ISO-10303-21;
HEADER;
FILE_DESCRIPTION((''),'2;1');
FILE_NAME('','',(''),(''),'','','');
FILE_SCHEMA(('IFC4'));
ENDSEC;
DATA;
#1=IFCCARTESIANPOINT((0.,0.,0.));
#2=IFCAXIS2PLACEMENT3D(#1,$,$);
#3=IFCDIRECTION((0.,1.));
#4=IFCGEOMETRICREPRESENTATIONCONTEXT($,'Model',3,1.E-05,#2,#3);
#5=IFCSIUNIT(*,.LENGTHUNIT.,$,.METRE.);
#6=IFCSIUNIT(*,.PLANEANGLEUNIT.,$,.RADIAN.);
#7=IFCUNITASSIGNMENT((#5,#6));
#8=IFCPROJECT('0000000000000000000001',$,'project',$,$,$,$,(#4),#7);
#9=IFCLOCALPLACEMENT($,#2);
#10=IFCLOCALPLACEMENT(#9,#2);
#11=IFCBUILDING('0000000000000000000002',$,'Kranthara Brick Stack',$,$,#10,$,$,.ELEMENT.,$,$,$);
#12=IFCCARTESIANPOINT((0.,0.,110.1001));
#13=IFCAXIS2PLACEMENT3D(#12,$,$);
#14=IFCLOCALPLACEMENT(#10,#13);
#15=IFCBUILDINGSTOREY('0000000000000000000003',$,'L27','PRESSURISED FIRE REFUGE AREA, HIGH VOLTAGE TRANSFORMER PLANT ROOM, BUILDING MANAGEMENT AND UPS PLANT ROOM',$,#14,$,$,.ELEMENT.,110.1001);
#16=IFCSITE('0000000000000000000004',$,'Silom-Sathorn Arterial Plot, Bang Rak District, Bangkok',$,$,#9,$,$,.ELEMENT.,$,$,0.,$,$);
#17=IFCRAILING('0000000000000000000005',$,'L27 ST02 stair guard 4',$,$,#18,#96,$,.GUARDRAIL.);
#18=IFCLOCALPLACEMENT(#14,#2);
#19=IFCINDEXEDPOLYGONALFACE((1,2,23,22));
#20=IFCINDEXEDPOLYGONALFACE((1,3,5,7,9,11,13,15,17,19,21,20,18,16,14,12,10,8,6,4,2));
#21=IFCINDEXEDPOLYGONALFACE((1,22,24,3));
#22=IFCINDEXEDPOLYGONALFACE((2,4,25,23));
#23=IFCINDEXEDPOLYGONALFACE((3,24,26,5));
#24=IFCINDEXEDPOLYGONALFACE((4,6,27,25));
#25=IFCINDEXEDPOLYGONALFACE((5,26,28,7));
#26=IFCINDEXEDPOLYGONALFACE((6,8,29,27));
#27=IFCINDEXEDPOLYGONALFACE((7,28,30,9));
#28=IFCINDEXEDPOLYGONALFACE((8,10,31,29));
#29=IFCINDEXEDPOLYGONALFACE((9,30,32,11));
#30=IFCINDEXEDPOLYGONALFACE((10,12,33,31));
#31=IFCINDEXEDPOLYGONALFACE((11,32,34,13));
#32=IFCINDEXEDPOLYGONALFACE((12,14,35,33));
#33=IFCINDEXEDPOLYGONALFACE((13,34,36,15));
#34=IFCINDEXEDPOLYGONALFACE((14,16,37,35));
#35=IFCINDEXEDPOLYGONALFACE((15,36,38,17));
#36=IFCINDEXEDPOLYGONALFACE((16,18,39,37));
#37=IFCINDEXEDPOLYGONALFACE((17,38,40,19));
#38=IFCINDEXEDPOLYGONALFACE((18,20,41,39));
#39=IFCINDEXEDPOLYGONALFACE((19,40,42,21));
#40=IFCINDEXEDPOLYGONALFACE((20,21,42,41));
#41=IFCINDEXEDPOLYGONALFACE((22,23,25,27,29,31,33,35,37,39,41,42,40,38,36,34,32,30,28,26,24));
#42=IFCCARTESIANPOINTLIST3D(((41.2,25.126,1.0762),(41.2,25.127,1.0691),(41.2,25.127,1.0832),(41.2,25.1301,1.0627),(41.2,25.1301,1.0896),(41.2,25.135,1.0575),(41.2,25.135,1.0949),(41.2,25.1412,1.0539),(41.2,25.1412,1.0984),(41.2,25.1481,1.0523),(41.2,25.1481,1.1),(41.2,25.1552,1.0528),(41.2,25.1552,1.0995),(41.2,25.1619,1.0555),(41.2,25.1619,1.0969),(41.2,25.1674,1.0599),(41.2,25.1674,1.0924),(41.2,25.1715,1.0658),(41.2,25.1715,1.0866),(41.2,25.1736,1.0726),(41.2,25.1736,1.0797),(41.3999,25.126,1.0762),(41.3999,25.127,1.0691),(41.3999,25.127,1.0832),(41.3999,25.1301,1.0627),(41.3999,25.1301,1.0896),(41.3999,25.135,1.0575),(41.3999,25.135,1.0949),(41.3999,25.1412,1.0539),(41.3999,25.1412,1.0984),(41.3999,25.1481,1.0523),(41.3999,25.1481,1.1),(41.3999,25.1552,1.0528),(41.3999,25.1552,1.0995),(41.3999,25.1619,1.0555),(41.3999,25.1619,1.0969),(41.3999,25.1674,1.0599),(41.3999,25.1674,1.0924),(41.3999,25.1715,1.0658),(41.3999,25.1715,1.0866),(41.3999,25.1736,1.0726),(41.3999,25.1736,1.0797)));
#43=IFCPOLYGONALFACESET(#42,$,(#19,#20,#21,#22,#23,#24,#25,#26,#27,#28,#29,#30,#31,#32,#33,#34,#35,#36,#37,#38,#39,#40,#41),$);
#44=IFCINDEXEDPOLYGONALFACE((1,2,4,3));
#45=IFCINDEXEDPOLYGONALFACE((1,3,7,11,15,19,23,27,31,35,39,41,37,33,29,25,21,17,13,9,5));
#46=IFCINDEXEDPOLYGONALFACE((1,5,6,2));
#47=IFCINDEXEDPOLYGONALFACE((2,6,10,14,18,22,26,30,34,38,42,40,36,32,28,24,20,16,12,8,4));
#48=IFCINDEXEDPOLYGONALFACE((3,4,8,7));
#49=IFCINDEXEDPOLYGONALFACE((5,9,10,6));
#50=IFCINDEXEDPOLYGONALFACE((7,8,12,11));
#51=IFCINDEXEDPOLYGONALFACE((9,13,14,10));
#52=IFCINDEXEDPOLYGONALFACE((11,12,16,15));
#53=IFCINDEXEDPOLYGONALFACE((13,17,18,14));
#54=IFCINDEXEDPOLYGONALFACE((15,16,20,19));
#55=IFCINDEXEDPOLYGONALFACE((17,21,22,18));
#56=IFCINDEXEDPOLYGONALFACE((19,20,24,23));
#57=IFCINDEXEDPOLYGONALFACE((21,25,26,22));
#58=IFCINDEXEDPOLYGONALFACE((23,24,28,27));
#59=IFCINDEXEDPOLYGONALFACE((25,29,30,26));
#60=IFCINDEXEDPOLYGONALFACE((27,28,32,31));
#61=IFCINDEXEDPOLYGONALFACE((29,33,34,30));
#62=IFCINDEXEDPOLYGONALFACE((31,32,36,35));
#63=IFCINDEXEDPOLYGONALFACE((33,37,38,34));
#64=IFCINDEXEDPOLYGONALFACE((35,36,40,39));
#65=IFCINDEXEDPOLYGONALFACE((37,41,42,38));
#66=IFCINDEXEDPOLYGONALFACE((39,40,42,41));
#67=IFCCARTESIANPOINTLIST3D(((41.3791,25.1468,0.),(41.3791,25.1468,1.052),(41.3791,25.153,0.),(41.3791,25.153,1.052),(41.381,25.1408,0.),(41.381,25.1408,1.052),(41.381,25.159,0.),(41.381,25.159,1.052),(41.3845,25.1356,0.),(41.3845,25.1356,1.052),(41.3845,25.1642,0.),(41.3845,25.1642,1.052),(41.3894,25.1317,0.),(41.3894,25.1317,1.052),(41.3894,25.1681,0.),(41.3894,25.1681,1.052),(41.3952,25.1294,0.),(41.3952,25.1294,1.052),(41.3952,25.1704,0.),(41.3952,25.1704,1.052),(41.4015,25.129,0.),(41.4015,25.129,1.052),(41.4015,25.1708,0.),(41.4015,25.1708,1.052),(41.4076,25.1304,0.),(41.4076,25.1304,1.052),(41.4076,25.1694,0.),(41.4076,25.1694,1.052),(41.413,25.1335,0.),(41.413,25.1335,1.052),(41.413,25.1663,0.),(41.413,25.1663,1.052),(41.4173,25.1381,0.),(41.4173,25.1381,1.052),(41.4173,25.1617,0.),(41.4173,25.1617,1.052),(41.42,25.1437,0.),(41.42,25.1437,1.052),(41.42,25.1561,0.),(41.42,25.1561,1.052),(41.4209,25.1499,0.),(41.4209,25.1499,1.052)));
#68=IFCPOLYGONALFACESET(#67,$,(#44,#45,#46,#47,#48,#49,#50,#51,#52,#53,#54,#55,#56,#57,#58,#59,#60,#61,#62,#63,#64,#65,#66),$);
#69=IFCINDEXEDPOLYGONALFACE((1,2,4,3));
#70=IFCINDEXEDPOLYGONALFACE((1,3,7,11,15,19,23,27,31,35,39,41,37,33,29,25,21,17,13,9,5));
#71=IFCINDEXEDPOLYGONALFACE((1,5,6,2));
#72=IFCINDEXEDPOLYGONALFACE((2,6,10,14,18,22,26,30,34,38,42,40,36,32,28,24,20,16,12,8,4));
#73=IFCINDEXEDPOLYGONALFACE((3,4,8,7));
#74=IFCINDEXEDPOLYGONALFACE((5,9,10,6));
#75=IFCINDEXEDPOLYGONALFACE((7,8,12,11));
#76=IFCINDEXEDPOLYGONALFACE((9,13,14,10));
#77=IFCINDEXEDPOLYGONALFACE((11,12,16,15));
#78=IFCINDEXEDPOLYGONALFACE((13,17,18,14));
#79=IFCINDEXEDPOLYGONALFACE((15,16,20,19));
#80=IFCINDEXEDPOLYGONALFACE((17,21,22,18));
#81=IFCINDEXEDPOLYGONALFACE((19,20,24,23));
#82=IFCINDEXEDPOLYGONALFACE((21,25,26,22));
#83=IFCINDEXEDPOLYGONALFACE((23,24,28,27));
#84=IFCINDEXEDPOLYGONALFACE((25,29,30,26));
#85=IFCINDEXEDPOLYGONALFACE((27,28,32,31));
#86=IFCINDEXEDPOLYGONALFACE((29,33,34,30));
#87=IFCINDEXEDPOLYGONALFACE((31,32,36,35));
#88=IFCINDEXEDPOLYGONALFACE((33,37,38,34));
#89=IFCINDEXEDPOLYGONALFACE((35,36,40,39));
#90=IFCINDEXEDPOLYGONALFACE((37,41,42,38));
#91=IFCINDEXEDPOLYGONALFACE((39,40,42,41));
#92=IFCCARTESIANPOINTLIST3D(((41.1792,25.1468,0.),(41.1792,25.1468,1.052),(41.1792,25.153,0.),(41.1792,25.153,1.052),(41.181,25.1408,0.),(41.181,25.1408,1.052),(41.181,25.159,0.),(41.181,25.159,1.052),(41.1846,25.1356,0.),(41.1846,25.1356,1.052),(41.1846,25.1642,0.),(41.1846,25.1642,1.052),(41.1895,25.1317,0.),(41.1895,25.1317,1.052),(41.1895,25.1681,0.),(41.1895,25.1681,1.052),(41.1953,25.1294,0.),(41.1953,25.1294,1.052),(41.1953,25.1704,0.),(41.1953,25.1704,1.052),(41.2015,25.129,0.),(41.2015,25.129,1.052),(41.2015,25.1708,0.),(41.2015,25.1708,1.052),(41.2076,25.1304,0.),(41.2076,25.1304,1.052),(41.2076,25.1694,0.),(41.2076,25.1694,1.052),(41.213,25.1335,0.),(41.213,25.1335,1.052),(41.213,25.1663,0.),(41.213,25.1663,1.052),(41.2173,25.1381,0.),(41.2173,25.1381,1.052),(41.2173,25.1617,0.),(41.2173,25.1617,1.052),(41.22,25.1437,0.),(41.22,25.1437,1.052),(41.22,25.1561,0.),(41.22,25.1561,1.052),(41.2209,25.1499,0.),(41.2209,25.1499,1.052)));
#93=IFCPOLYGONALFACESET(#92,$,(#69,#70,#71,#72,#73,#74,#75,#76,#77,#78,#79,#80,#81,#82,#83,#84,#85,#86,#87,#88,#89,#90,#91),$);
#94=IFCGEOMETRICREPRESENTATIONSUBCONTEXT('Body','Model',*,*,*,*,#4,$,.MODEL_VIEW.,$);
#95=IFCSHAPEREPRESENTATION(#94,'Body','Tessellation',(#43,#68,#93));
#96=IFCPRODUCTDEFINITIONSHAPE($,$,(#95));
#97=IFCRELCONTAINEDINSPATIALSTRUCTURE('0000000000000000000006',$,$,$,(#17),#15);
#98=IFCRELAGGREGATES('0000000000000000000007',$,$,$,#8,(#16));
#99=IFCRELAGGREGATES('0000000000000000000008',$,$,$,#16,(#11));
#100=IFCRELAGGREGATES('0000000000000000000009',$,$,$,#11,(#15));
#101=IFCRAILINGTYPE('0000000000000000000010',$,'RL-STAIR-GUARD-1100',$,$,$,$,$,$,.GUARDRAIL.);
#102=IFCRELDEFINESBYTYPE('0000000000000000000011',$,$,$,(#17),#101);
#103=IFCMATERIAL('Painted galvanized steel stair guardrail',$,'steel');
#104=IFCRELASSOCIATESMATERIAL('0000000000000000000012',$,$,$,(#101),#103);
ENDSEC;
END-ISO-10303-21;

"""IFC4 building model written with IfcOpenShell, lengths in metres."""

from ifc_helpers import new_model, si_unit, direction, frame, origin, origin_2d, place, context, subcontext, project, spatial, circle, extrude, material, type_object, element, save


model = new_model("IFC4")

# Units and contexts
model_context = context("Model", 3, precision=1e-05, world=origin(), true_north=direction((0.0, 1.0)))
body_context = subcontext(model_context, "Body", "Model", "MODEL_VIEW")
ifc_project = project(units=[si_unit("LENGTHUNIT", "METRE"), si_unit("PLANEANGLEUNIT", "RADIAN")], contexts=[model_context])

# Site, building, storey
site_placement = place(None, origin())
site = spatial("IfcSite", under=ifc_project, at=site_placement, Name="Silom-Sathorn Arterial Plot, Bang Rak District, Bangkok", CompositionType="ELEMENT", RefElevation=0.0)
building_placement = place(site_placement, origin())
building = spatial("IfcBuilding", under=site, at=building_placement, Name="Kranthara Brick Stack", CompositionType="ELEMENT")
storey_placement = place(building_placement, frame((0.0, 0.0, 110.1001)))
storey = spatial("IfcBuildingStorey", under=building, at=storey_placement, Name="L27", Description="PRESSURISED FIRE REFUGE AREA, HIGH VOLTAGE TRANSFORMER PLANT ROOM, BUILDING MANAGEMENT AND UPS PLANT ROOM", CompositionType="ELEMENT", Elevation=110.1001)

# Railing
ifc_material_1 = material(Name="Painted galvanized steel stair guardrail", Category="steel")
railing_type_1 = type_object("IfcRailingType", Name="RL-STAIR-GUARD-1100", PredefinedType="GUARDRAIL", material=ifc_material_1)
railing_1_placement = place(storey_placement, frame((41.3999, 25.1499, 0.0)))
element("IfcRailing", 1, at=railing_1_placement, inside=storey, type_object=railing_type_1, Name="L27 ST02 stair guard 4", PredefinedType="GUARDRAIL", context=body_context, shape_type="SweptSolid", body=[
    extrude(circle(Radius=0.0239, at=origin_2d()), frame((0.0, 0.0, 1.0762), z_axis=(-1.0, 0.0, 0.0), x_axis=(0.0, -1.0, 0.0)), (0.0, 0.0, 1.0), 0.2),
    extrude(circle(Radius=0.021, at=origin_2d()), origin(), (0.0, 0.0, 1.0), 1.052),
    extrude(circle(Radius=0.021, at=origin_2d()), frame((-0.2, 0.0, 0.0)), (0.0, 0.0, 1.0), 1.052),
])

save(model, "model.ifc")
